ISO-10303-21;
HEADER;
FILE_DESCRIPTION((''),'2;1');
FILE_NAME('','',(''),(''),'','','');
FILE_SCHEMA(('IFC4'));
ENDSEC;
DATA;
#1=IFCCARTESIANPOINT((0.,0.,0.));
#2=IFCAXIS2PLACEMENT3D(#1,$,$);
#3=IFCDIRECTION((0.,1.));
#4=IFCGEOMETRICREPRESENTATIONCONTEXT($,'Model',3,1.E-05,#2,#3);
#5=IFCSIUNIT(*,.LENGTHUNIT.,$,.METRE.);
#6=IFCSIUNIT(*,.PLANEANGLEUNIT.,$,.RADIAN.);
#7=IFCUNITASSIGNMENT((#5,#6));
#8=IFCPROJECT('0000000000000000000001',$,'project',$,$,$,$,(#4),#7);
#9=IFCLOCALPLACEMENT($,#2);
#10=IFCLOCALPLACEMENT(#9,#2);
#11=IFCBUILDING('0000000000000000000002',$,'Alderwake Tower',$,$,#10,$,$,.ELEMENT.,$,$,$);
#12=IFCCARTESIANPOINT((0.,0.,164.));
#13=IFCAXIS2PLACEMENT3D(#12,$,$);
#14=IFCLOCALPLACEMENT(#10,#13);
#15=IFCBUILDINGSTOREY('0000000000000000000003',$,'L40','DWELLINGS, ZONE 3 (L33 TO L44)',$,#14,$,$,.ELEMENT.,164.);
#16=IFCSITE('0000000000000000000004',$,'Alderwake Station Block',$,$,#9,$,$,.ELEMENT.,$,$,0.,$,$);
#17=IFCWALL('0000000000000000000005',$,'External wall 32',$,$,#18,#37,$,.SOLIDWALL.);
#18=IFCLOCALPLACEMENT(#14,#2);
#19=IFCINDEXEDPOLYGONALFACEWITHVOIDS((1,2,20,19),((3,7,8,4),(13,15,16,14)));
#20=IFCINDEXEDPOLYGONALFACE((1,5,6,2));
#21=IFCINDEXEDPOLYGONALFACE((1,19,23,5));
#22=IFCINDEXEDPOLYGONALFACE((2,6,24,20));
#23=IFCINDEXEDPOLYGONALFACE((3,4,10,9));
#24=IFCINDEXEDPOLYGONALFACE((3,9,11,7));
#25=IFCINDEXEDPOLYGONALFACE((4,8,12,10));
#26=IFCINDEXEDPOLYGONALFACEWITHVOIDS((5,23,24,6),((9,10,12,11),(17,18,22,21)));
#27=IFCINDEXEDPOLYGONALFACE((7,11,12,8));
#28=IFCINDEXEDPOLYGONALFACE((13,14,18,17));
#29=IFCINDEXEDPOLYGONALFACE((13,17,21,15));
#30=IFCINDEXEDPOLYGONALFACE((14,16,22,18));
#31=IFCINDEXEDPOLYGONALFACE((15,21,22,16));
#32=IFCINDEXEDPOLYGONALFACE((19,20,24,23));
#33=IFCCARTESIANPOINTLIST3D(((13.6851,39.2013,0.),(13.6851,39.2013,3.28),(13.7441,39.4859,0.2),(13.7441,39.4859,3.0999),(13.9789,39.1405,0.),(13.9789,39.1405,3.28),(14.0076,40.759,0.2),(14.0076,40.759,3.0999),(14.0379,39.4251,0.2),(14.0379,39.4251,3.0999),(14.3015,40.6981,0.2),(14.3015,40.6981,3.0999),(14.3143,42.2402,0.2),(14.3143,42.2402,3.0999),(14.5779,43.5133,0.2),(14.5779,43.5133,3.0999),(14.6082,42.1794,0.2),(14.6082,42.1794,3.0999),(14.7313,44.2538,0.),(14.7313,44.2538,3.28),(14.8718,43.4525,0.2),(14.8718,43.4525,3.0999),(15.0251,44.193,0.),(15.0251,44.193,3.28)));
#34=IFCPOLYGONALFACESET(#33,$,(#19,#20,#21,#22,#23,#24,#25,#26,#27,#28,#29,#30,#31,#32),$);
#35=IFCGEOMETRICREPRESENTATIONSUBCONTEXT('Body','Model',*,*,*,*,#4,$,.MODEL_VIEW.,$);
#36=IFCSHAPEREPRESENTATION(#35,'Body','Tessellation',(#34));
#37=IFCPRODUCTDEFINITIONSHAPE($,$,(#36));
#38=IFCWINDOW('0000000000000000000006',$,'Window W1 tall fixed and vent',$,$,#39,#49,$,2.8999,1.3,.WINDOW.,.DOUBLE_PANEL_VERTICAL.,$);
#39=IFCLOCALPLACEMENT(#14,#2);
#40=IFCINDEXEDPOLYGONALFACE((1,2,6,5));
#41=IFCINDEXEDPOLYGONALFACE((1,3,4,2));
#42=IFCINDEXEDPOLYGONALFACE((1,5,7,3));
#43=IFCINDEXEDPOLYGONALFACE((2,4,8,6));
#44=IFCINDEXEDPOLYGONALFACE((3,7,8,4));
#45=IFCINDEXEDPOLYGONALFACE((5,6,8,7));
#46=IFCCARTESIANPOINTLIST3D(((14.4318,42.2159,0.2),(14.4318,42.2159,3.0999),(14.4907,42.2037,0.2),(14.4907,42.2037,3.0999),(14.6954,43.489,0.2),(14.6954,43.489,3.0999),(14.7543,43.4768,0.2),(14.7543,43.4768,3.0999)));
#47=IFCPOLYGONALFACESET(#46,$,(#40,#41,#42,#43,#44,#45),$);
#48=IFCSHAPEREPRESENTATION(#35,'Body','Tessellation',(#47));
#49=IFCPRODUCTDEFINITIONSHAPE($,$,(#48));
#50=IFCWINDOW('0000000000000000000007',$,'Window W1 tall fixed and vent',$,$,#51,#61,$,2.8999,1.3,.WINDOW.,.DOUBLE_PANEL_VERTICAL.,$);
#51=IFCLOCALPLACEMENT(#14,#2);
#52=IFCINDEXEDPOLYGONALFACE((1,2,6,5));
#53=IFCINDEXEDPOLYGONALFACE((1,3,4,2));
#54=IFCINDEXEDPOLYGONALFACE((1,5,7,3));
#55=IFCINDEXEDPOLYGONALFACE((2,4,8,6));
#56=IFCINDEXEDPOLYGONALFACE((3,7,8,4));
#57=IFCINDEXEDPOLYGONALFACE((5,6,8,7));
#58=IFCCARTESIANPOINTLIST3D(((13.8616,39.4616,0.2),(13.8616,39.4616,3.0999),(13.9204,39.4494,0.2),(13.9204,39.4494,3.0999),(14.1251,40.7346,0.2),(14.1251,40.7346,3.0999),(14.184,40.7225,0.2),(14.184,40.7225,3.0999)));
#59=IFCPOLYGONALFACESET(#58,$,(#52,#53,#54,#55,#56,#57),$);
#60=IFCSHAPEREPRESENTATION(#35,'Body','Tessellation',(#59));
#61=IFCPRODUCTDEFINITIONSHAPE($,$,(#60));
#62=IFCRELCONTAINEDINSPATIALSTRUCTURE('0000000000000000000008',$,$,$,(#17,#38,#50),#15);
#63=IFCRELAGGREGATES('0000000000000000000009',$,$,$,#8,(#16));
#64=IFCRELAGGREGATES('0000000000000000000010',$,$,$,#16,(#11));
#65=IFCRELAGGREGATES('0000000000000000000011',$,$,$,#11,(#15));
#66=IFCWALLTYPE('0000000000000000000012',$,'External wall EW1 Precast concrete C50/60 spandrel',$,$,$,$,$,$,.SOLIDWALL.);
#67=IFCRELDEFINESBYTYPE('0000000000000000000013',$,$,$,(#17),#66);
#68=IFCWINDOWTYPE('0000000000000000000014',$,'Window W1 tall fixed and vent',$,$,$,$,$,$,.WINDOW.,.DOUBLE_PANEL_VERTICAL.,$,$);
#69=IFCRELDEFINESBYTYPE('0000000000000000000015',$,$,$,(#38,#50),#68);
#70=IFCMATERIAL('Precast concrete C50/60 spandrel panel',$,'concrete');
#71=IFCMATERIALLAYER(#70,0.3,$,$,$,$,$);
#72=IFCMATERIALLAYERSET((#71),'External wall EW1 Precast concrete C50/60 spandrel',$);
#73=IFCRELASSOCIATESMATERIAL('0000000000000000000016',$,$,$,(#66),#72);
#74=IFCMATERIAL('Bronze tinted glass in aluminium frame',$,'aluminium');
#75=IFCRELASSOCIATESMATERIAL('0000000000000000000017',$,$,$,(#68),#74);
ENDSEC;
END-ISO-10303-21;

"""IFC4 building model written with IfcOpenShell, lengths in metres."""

from ifc_helpers import new_model, si_unit, direction, frame, frame_2d, origin, place, context, subcontext, project, spatial, rectangle, extrude, material, layer, layer_set, type_object, element, fill, save


model = new_model("IFC4")

# Units and contexts
model_context = context("Model", 3, precision=1e-05, world=origin(), true_north=direction((0.0, 1.0)))
body_context = subcontext(model_context, "Body", "Model", "MODEL_VIEW")
ifc_project = project(units=[si_unit("LENGTHUNIT", "METRE"), si_unit("PLANEANGLEUNIT", "RADIAN")], contexts=[model_context])

# Site, building, storey
site_placement = place(None, origin())
site = spatial("IfcSite", under=ifc_project, at=site_placement, Name="Alderwake Station Block", CompositionType="ELEMENT", RefElevation=0.0)
building_placement = place(site_placement, origin())
building = spatial("IfcBuilding", under=site, at=building_placement, Name="Alderwake Tower", CompositionType="ELEMENT")
storey_placement = place(building_placement, frame((0.0, 0.0, 164.0)))
storey = spatial("IfcBuildingStorey", under=building, at=storey_placement, Name="L40", Description="DWELLINGS, ZONE 3 (L33 TO L44)", CompositionType="ELEMENT", Elevation=164.0)

# Shared definitions
ifc_material_1 = material(Name="Precast concrete C50/60 spandrel panel", Category="concrete")
ifc_layer_1 = layer(ifc_material_1, 0.3)
ifc_layer_set_1 = layer_set([ifc_layer_1], Name="External wall EW1 Precast concrete C50/60 spandrel")
wall_type_1 = type_object("IfcWallType", Name="External wall EW1 Precast concrete C50/60 spandrel", PredefinedType="SOLIDWALL", material=ifc_layer_set_1)

# Wall, openings, windows
wall_1_placement = place(storey_placement, frame((14.8782, 44.2234, 0.0), z_axis=(0.0, 0.0, 1.0), x_axis=(-0.202754, -0.97923, 0.0)))
wall_1 = element("IfcWall", 1, at=wall_1_placement, inside=storey, type_object=wall_type_1, Name="External wall 32", PredefinedType="SOLIDWALL", context=body_context, shape_type="SweptSolid", body=[
    extrude(rectangle(XDim=5.1597, YDim=0.3, at=frame_2d((2.5798, 0.0))), origin(), (0.0, 0.0, 1.0), 3.28),
])
opening_1_placement = place(wall_1_placement, frame((0.7563, 0.0, 0.2)))
opening_1 = element("IfcOpeningElement", 2, at=opening_1_placement, cuts=wall_1, PredefinedType="OPENING", context=body_context, shape_type="SweptSolid", body=[
    extrude(rectangle(XDim=1.3, YDim=2.8999, at=frame_2d((0.6499, 1.45))), frame((0.0, 0.1599, 0.0), z_axis=(0.0, -1.0, 0.0), x_axis=(1.0, 0.0, 0.0)), (0.0, 0.0, 1.0), 0.3201),
])
opening_2_placement = place(wall_1_placement, frame((3.5691, 0.0, 0.2)))
opening_2 = element("IfcOpeningElement", 3, at=opening_2_placement, cuts=wall_1, PredefinedType="OPENING", context=body_context, shape_type="SweptSolid", body=[
    extrude(rectangle(XDim=1.3, YDim=2.8999, at=frame_2d((0.6499, 1.45))), frame((0.0, 0.1599, 0.0), z_axis=(0.0, -1.0, 0.0), x_axis=(1.0, 0.0, 0.0)), (0.0, 0.0, 1.0), 0.3201),
])
ifc_material_2 = material(Name="Bronze tinted glass in aluminium frame", Category="aluminium")
window_type = type_object("IfcWindowType", Name="Window W1 tall fixed and vent", PartitioningType="DOUBLE_PANEL_VERTICAL", PredefinedType="WINDOW", material=ifc_material_2)
window_1_placement = place(opening_1_placement, origin())
window_1 = element("IfcWindow", 4, at=window_1_placement, inside=storey, type_object=window_type, Name="Window W1 tall fixed and vent", OverallHeight=2.8999, OverallWidth=1.3, PartitioningType="DOUBLE_PANEL_VERTICAL", PredefinedType="WINDOW", context=body_context, shape_type="SweptSolid", body=[
    extrude(rectangle(XDim=1.3, YDim=2.8999, at=frame_2d((0.6499, 1.45))), frame((0.0, 0.03, 0.0), z_axis=(0.0, -1.0, 0.0), x_axis=(1.0, 0.0, 0.0)), (0.0, 0.0, 1.0), 0.0601),
])
fill(opening_1, window_1)
window_2_placement = place(opening_2_placement, origin())
window_2 = element("IfcWindow", 5, at=window_2_placement, inside=storey, type_object=window_type, Name="Window W1 tall fixed and vent", OverallHeight=2.8999, OverallWidth=1.3, PartitioningType="DOUBLE_PANEL_VERTICAL", PredefinedType="WINDOW", context=body_context, shape_type="SweptSolid", body=[
    extrude(rectangle(XDim=1.3, YDim=2.8999, at=frame_2d((0.6499, 1.45))), frame((0.0, 0.03, 0.0), z_axis=(0.0, -1.0, 0.0), x_axis=(1.0, 0.0, 0.0)), (0.0, 0.0, 1.0), 0.0601),
])
fill(opening_2, window_2)

save(model, "model.ifc")
